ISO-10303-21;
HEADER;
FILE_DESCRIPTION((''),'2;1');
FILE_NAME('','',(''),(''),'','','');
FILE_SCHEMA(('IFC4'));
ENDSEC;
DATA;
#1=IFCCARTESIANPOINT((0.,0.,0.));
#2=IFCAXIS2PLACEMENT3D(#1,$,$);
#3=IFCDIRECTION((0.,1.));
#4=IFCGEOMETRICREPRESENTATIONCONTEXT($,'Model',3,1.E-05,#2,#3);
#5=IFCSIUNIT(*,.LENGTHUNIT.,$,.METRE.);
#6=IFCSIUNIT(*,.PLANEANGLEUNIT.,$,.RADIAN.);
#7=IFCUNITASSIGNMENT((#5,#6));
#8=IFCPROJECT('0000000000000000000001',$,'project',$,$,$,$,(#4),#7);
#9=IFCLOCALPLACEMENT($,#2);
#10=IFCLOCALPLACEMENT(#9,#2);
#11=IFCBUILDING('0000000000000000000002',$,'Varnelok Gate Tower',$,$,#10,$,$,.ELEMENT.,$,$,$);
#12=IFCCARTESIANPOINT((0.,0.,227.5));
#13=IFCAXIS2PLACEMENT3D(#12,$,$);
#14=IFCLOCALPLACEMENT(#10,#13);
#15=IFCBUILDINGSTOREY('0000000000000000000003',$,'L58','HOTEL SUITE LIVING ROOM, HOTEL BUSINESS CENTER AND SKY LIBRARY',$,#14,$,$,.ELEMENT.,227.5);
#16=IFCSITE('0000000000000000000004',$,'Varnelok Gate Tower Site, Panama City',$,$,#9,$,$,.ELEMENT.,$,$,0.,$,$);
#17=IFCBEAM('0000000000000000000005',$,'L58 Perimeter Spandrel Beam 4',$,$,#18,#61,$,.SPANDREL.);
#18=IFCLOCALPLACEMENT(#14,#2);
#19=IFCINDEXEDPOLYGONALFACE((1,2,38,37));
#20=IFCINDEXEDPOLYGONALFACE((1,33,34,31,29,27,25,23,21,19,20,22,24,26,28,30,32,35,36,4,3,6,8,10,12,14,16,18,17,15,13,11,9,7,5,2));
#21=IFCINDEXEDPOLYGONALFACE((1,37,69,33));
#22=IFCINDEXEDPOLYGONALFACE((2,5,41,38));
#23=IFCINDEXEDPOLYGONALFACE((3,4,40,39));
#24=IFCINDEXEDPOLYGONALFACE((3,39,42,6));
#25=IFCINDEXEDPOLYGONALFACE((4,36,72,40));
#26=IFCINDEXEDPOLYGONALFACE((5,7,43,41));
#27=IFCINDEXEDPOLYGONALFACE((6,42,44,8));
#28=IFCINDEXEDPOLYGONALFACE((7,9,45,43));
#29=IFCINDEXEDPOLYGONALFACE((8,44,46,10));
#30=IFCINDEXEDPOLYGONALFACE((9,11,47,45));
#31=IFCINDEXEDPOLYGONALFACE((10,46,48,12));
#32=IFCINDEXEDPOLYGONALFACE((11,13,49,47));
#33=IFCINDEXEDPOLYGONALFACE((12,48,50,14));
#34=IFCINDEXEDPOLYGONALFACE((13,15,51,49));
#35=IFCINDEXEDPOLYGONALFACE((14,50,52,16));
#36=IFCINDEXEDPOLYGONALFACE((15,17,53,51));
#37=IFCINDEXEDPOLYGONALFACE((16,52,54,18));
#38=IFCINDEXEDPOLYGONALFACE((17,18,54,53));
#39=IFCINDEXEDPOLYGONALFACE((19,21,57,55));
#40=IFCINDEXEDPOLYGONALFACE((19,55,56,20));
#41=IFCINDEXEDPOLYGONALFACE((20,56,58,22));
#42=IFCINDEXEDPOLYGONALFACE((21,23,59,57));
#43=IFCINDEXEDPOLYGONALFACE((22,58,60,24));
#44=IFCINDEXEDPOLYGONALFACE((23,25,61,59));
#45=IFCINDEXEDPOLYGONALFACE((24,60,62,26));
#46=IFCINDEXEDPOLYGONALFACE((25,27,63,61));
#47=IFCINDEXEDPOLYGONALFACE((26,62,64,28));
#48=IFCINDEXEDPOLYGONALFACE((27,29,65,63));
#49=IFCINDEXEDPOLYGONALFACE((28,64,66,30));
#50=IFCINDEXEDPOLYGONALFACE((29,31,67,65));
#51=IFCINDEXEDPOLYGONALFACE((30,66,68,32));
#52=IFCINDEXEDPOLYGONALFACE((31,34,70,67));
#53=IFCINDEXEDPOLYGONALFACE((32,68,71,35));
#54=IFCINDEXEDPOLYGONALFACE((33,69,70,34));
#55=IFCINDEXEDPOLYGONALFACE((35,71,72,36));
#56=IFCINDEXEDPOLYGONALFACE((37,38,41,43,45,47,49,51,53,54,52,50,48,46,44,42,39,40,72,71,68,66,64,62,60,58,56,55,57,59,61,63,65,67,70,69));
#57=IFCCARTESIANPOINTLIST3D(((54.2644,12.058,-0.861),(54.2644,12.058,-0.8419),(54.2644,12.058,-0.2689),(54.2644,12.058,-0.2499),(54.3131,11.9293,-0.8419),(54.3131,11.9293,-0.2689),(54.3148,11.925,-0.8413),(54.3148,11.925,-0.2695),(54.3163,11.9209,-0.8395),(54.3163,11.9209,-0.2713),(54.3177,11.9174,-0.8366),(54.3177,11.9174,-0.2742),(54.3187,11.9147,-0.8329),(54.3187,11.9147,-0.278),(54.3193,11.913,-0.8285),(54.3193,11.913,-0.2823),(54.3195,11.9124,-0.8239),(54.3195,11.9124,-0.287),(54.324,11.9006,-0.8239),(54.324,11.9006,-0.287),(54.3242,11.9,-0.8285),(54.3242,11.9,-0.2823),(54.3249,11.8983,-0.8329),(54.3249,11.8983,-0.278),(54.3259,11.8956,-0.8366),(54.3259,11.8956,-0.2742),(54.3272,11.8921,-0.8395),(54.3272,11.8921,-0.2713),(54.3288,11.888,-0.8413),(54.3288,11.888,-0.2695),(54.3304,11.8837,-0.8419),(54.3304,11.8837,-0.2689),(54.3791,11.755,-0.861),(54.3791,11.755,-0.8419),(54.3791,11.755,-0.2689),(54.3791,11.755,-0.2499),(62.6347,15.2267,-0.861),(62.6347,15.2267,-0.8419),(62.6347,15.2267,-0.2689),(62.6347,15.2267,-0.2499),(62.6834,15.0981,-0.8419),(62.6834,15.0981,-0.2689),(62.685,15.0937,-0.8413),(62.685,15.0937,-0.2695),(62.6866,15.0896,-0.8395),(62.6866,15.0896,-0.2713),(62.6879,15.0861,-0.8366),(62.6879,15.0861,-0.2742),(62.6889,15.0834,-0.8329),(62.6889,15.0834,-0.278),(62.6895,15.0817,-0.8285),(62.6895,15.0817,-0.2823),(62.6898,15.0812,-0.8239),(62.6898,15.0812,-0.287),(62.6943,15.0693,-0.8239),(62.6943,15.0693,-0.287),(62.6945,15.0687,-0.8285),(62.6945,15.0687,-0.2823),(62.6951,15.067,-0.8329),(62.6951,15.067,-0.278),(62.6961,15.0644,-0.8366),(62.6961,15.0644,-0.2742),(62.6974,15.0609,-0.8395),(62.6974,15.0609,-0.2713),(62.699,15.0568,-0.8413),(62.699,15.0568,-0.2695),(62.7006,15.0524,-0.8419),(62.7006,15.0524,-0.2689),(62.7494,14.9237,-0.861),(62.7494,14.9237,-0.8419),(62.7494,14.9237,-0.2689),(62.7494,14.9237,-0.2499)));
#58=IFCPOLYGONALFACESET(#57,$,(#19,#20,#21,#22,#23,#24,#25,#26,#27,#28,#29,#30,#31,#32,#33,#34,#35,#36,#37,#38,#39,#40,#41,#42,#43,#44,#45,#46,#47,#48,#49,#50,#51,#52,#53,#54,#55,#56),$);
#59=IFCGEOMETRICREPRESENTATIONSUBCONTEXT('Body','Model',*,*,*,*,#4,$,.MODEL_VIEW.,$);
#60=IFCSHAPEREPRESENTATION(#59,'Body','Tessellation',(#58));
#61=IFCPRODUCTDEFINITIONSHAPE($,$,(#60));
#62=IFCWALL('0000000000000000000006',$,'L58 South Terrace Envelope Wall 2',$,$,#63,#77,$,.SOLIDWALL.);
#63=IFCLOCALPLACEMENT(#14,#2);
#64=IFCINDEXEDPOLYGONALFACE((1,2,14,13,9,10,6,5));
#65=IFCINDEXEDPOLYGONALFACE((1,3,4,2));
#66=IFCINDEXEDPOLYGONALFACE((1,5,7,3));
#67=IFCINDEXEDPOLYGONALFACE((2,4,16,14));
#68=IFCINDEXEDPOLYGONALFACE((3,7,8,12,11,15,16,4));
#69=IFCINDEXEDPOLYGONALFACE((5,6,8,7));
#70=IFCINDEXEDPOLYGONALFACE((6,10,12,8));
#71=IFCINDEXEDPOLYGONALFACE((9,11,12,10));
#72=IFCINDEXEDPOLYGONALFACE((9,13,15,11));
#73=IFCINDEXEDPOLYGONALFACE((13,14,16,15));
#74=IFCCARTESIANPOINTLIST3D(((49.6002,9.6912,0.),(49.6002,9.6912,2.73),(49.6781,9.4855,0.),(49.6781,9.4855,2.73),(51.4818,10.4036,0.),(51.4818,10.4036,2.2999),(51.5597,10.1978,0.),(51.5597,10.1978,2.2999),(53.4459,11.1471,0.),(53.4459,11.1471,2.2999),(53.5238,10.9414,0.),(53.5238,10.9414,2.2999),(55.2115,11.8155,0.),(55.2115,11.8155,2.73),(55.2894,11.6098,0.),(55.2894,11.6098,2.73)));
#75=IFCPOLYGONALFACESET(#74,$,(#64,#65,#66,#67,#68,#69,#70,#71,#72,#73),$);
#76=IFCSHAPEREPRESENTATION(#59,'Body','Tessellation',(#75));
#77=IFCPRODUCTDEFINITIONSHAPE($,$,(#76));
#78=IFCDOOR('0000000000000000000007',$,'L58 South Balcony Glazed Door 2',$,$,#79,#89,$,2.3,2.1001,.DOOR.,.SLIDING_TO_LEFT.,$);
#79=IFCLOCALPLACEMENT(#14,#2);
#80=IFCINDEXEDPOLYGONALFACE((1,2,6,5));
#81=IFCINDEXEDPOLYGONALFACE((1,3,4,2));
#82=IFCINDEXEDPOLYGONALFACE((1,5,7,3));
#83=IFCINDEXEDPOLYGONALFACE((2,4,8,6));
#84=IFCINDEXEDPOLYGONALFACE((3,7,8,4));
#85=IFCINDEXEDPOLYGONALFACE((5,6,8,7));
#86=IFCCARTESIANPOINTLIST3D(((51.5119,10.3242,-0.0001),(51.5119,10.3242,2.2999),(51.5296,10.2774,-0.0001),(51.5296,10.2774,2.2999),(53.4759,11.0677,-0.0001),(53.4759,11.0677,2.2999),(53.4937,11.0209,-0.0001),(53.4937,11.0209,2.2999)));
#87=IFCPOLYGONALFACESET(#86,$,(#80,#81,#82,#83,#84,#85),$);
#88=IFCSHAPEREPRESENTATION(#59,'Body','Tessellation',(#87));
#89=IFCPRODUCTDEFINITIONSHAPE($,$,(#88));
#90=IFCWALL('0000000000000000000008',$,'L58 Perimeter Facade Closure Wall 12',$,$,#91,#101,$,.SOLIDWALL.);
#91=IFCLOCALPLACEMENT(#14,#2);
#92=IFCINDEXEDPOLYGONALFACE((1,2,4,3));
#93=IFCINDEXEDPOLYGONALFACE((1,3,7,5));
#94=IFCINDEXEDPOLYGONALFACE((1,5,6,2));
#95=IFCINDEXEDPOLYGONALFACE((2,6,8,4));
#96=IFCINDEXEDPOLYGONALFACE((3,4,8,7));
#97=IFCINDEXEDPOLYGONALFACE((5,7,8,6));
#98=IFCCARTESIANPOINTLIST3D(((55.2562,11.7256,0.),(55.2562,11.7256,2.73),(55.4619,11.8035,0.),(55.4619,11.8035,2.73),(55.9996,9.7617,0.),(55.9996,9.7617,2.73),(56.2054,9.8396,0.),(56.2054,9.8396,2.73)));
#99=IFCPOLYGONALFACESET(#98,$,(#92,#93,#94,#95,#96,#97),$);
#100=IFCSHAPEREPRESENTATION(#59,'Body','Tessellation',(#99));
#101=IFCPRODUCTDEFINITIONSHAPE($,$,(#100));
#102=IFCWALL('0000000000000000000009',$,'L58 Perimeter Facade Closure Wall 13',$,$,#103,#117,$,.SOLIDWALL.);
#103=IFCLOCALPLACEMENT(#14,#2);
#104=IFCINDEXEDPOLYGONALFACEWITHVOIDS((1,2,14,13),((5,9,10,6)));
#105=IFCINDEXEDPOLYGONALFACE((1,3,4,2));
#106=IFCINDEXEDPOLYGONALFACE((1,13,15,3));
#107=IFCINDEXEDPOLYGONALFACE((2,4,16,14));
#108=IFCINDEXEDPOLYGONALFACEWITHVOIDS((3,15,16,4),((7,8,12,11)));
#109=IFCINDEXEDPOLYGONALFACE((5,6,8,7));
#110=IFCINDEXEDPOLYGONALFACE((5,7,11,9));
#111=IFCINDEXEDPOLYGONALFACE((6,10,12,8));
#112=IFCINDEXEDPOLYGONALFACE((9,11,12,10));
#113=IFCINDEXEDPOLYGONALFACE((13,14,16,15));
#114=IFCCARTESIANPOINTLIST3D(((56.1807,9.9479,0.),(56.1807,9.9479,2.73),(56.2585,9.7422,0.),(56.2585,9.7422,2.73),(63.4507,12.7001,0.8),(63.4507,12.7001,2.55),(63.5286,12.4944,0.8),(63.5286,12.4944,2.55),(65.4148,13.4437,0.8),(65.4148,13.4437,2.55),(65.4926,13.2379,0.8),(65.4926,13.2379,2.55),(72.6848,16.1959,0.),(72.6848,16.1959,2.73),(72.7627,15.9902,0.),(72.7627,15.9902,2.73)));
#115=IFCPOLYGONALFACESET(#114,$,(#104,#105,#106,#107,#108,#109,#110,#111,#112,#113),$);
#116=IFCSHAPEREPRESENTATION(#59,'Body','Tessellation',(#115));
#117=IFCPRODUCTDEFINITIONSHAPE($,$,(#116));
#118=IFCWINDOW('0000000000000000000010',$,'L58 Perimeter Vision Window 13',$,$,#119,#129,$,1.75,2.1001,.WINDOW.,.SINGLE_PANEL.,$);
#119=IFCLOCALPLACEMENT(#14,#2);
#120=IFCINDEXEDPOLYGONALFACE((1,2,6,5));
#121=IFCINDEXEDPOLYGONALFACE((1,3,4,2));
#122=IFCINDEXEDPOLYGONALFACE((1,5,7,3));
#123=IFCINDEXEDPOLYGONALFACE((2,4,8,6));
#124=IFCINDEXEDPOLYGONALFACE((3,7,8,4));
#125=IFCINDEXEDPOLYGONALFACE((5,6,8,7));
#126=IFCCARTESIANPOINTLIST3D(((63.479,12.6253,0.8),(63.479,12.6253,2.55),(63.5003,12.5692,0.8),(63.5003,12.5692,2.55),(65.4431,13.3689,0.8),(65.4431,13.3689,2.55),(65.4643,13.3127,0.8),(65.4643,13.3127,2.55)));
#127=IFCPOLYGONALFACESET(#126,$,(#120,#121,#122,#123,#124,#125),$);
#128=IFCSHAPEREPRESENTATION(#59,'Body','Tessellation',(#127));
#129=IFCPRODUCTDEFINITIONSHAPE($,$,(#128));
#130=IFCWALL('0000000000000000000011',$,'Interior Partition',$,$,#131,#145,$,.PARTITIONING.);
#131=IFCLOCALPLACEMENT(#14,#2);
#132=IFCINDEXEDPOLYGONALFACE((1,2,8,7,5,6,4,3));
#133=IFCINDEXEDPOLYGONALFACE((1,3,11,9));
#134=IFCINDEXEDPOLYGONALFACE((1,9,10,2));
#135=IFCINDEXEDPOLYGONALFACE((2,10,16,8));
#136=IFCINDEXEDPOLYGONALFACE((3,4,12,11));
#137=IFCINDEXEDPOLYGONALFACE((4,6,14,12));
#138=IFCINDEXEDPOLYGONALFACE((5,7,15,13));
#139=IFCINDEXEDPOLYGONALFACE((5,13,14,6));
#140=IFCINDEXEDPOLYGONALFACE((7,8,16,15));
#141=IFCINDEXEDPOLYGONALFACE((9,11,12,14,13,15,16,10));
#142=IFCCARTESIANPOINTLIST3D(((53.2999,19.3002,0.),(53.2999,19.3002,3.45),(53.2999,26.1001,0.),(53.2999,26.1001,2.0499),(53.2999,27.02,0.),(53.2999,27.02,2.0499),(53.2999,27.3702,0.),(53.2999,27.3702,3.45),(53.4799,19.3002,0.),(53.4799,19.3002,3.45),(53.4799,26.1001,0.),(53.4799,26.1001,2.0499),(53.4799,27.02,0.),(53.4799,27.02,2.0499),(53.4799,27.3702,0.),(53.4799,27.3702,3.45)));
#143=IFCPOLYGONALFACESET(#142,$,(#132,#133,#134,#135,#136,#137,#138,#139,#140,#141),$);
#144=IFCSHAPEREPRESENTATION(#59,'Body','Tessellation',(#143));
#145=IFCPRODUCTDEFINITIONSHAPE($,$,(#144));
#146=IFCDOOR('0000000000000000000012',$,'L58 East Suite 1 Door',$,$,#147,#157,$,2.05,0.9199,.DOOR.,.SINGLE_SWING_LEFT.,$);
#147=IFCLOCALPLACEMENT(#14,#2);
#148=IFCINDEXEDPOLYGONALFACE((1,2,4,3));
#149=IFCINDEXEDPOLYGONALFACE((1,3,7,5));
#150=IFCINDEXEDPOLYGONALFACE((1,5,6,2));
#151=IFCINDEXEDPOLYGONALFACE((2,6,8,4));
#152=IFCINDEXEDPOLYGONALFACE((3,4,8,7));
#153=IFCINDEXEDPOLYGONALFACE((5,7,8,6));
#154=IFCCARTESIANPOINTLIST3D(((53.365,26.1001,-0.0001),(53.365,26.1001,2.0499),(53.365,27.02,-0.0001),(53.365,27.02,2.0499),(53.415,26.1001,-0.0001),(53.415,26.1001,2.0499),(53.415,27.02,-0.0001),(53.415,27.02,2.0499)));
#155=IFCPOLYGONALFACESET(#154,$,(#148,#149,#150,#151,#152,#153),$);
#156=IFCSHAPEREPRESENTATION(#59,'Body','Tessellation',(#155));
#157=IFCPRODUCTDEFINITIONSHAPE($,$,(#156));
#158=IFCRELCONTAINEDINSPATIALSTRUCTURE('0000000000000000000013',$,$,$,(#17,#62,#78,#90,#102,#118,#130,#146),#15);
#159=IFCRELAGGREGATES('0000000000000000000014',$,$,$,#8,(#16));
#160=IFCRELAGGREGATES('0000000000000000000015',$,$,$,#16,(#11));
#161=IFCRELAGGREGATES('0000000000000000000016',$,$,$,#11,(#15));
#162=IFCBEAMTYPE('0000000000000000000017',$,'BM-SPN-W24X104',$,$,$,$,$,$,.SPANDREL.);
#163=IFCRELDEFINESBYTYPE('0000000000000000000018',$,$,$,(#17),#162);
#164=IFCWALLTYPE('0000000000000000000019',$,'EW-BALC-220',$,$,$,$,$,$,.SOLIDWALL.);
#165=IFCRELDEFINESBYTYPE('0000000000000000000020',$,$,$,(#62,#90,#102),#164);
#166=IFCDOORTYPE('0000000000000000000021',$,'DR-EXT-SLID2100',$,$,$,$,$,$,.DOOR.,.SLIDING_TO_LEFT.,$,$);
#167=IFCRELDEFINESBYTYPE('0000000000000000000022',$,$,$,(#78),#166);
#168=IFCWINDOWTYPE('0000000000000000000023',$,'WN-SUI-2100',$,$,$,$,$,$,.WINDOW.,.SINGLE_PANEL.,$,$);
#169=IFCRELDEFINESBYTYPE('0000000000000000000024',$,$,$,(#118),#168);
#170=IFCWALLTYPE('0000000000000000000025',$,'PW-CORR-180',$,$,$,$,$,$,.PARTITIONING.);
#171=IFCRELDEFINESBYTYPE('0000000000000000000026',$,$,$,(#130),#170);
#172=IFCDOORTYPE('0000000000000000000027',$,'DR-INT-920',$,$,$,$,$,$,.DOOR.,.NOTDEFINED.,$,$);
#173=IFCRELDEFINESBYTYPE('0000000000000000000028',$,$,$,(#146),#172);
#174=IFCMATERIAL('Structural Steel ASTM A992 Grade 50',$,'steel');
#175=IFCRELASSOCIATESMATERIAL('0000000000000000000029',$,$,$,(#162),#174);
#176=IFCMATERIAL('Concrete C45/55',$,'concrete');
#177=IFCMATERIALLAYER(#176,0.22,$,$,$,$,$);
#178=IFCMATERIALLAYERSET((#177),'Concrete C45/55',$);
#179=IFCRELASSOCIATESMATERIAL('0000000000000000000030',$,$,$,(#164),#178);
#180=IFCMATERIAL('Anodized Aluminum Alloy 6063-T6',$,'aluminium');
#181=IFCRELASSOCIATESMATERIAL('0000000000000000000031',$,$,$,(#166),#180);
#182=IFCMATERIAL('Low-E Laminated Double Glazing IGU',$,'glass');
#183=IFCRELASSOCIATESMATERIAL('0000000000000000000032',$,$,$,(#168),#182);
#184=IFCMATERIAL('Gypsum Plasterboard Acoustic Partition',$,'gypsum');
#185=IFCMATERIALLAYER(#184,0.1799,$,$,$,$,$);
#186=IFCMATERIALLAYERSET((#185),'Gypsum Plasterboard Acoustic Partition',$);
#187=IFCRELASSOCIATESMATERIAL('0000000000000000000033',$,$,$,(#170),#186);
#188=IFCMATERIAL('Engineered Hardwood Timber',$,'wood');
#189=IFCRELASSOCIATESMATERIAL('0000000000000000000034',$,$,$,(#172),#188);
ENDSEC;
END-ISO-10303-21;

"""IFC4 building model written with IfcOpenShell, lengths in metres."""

from ifc_helpers import new_model, si_unit, direction, frame, frame_2d, origin, origin_2d, place, context, subcontext, project, spatial, rectangle, i_section, extrude, material, layer, layer_set, material_profile, profile_set, type_object, element, fill, save


model = new_model("IFC4")

# Units and contexts
model_context = context("Model", 3, precision=1e-05, world=origin(), true_north=direction((0.0, 1.0)))
body_context = subcontext(model_context, "Body", "Model", "MODEL_VIEW")
ifc_project = project(units=[si_unit("LENGTHUNIT", "METRE"), si_unit("PLANEANGLEUNIT", "RADIAN")], contexts=[model_context])

# Site, building, storey
site_placement = place(None, origin())
site = spatial("IfcSite", under=ifc_project, at=site_placement, Name="Varnelok Gate Tower Site, Panama City", CompositionType="ELEMENT", RefElevation=0.0)
building_placement = place(site_placement, origin())
building = spatial("IfcBuilding", under=site, at=building_placement, Name="Varnelok Gate Tower", CompositionType="ELEMENT")
storey_placement = place(building_placement, frame((0.0, 0.0, 227.5)))
storey = spatial("IfcBuildingStorey", under=building, at=storey_placement, Name="L58", Description="HOTEL SUITE LIVING ROOM, HOTEL BUSINESS CENTER AND SKY LIBRARY", CompositionType="ELEMENT", Elevation=227.5)

# Shared definitions
ifc_material_1 = material(Name="Structural Steel ASTM A992 Grade 50", Category="steel")

# Beam
ifc_material_profile_1 = material_profile(ifc_material_1, i_section(OverallWidth=0.324, OverallDepth=0.6111, WebThickness=0.0127, FlangeThickness=0.019, FilletRadius=0.0181, at=origin_2d()), Name="W24X104")
ifc_profile_set_1 = profile_set([ifc_material_profile_1], Name="Structural Steel ASTM A992 Grade 50")
beam_type_1 = type_object("IfcBeamType", Name="BM-SPN-W24X104", PredefinedType="SPANDREL", material=ifc_profile_set_1)
beam_1_placement = place(storey_placement, frame((54.3218, 11.9065, -0.5554), z_axis=(0.935226, 0.354051, 0.0), x_axis=(-0.354051, 0.935226, 0.0)))
element("IfcBeam", 1, at=beam_1_placement, inside=storey, type_object=beam_type_1, Name="L58 Perimeter Spandrel Beam 4", PredefinedType="SPANDREL", context=body_context, shape_type="SweptSolid", body=[
    extrude(i_section(OverallWidth=0.324, OverallDepth=0.6111, WebThickness=0.0127, FlangeThickness=0.019, FilletRadius=0.0181, at=origin_2d()), origin(), (0.0, 0.0, 1.0), 8.95),
])

# Wall, opening, door
ifc_material_2 = material(Name="Concrete C45/55", Category="concrete")
ifc_layer_1 = layer(ifc_material_2, 0.22)
ifc_layer_set_1 = layer_set([ifc_layer_1], Name="Concrete C45/55")
wall_type_1 = type_object("IfcWallType", Name="EW-BALC-220", PredefinedType="SOLIDWALL", material=ifc_layer_set_1)
wall_1_placement = place(storey_placement, frame((55.2505, 11.7126, 0.0), z_axis=(0.0, 0.0, 1.0), x_axis=(-0.935228, -0.354047, 0.0)))
wall_1 = element("IfcWall", 2, at=wall_1_placement, inside=storey, type_object=wall_type_1, Name="L58 South Terrace Envelope Wall 2", PredefinedType="SOLIDWALL", context=body_context, shape_type="SweptSolid", body=[
    extrude(rectangle(XDim=6.0, YDim=0.22, at=frame_2d((3.0, 0.0))), origin(), (0.0, 0.0, 1.0), 2.73),
])
opening_1_placement = place(wall_1_placement, frame((1.8879, 0.0, 0.0)))
opening_1 = element("IfcOpeningElement", 3, at=opening_1_placement, cuts=wall_1, PredefinedType="OPENING", context=body_context, shape_type="SweptSolid", body=[
    extrude(rectangle(XDim=2.1001, YDim=2.3, at=frame_2d((1.05, 1.1499))), frame((0.0, 0.1199, 0.0), z_axis=(0.0, -1.0, 0.0), x_axis=(1.0, 0.0, 0.0)), (0.0, 0.0, 1.0), 0.24),
])
ifc_material_3 = material(Name="Anodized Aluminum Alloy 6063-T6", Category="aluminium")
door_type_1 = type_object("IfcDoorType", Name="DR-EXT-SLID2100", OperationType="SLIDING_TO_LEFT", PredefinedType="DOOR", material=ifc_material_3)
door_1_placement = place(opening_1_placement, origin())
door_1 = element("IfcDoor", 4, at=door_1_placement, inside=storey, type_object=door_type_1, Name="L58 South Balcony Glazed Door 2", OperationType="SLIDING_TO_LEFT", OverallHeight=2.3, OverallWidth=2.1001, PredefinedType="DOOR", context=body_context, shape_type="SweptSolid", body=[
    extrude(rectangle(XDim=2.1001, YDim=2.3, at=frame_2d((1.05, 1.1499))), frame((0.0, 0.0249, 0.0), z_axis=(0.0, -1.0, 0.0), x_axis=(1.0, 0.0, 0.0)), (0.0, 0.0, 1.0), 0.05),
])
fill(opening_1, door_1)

# Wall
wall_2_placement = place(storey_placement, frame((55.3591, 11.7644, 0.0), z_axis=(0.0, 0.0, 1.0), x_axis=(0.354027, -0.935235, 0.0)))
element("IfcWall", 5, at=wall_2_placement, inside=storey, type_object=wall_type_1, Name="L58 Perimeter Facade Closure Wall 12", PredefinedType="SOLIDWALL", context=body_context, shape_type="SweptSolid", body=[
    extrude(rectangle(XDim=2.0999, YDim=0.22, at=frame_2d((1.0498, 0.0))), origin(), (0.0, 0.0, 1.0), 2.73),
])

# Wall, opening, window
wall_3_placement = place(storey_placement, frame((56.2195, 9.845, 0.0), z_axis=(0.0, 0.0, 1.0), x_axis=(0.935226, 0.354052, 0.0)))
wall_3 = element("IfcWall", 6, at=wall_3_placement, inside=storey, type_object=wall_type_1, Name="L58 Perimeter Facade Closure Wall 13", PredefinedType="SOLIDWALL", context=body_context, shape_type="SweptSolid", body=[
    extrude(rectangle(XDim=17.6472, YDim=0.22, at=frame_2d((8.8237, 0.0))), origin(), (0.0, 0.0, 1.0), 2.73),
])
opening_2_placement = place(wall_3_placement, frame((7.7737, 0.0, 0.8)))
opening_2 = element("IfcOpeningElement", 7, at=opening_2_placement, cuts=wall_3, PredefinedType="OPENING", context=body_context, shape_type="SweptSolid", body=[
    extrude(rectangle(XDim=2.1001, YDim=1.75, at=frame_2d((1.05, 0.875))), frame((0.0, 0.1199, 0.0), z_axis=(0.0, -1.0, 0.0), x_axis=(1.0, 0.0, 0.0)), (0.0, 0.0, 1.0), 0.24),
])
ifc_material_4 = material(Name="Low-E Laminated Double Glazing IGU", Category="glass")
window_type = type_object("IfcWindowType", Name="WN-SUI-2100", PartitioningType="SINGLE_PANEL", PredefinedType="WINDOW", material=ifc_material_4)
window_placement = place(opening_2_placement, origin())
window = element("IfcWindow", 8, at=window_placement, inside=storey, type_object=window_type, Name="L58 Perimeter Vision Window 13", OverallHeight=1.75, OverallWidth=2.1001, PartitioningType="SINGLE_PANEL", PredefinedType="WINDOW", context=body_context, shape_type="SweptSolid", body=[
    extrude(rectangle(XDim=2.1001, YDim=1.75, at=frame_2d((1.05, 0.875))), frame((0.0, 0.03, 0.0), z_axis=(0.0, -1.0, 0.0), x_axis=(1.0, 0.0, 0.0)), (0.0, 0.0, 1.0), 0.0601),
])
fill(opening_2, window)

# Wall, opening, door
ifc_material_5 = material(Name="Gypsum Plasterboard Acoustic Partition", Category="gypsum")
ifc_layer_2 = layer(ifc_material_5, 0.1799)
ifc_layer_set_2 = layer_set([ifc_layer_2], Name="Gypsum Plasterboard Acoustic Partition")
wall_type_2 = type_object("IfcWallType", Name="PW-CORR-180", PredefinedType="PARTITIONING", material=ifc_layer_set_2)
wall_4_placement = place(storey_placement, frame((53.3899, 19.3, 0.0), z_axis=(0.0, 0.0, 1.0), x_axis=(0.0, 1.0, 0.0)))
wall_4 = element("IfcWall", 9, at=wall_4_placement, inside=storey, type_object=wall_type_2, Name="Interior Partition", PredefinedType="PARTITIONING", context=body_context, shape_type="SweptSolid", body=[
    extrude(rectangle(XDim=8.0701, YDim=0.1799, at=frame_2d((4.0352, 0.0))), origin(), (0.0, 0.0, 1.0), 3.45),
])
opening_3_placement = place(wall_4_placement, frame((6.8, 0.0, 0.0)))
opening_3 = element("IfcOpeningElement", 10, at=opening_3_placement, cuts=wall_4, PredefinedType="OPENING", context=body_context, shape_type="SweptSolid", body=[
    extrude(rectangle(XDim=0.9199, YDim=2.05, at=frame_2d((0.46, 1.0249))), frame((0.0, 0.0999, 0.0), z_axis=(0.0, -1.0, 0.0), x_axis=(1.0, 0.0, 0.0)), (0.0, 0.0, 1.0), 0.2),
])
ifc_material_6 = material(Name="Engineered Hardwood Timber", Category="wood")
door_type_2 = type_object("IfcDoorType", Name="DR-INT-920", OperationType="NOTDEFINED", PredefinedType="DOOR", material=ifc_material_6)
door_2_placement = place(opening_3_placement, origin())
door_2 = element("IfcDoor", 11, at=door_2_placement, inside=storey, type_object=door_type_2, Name="L58 East Suite 1 Door", OperationType="SINGLE_SWING_LEFT", OverallHeight=2.05, OverallWidth=0.9199, PredefinedType="DOOR", context=body_context, shape_type="SweptSolid", body=[
    extrude(rectangle(XDim=0.9199, YDim=2.05, at=frame_2d((0.46, 1.0249))), frame((0.0, 0.0249, 0.0), z_axis=(0.0, -1.0, 0.0), x_axis=(1.0, 0.0, 0.0)), (0.0, 0.0, 1.0), 0.05),
])
fill(opening_3, door_2)

save(model, "model.ifc")
